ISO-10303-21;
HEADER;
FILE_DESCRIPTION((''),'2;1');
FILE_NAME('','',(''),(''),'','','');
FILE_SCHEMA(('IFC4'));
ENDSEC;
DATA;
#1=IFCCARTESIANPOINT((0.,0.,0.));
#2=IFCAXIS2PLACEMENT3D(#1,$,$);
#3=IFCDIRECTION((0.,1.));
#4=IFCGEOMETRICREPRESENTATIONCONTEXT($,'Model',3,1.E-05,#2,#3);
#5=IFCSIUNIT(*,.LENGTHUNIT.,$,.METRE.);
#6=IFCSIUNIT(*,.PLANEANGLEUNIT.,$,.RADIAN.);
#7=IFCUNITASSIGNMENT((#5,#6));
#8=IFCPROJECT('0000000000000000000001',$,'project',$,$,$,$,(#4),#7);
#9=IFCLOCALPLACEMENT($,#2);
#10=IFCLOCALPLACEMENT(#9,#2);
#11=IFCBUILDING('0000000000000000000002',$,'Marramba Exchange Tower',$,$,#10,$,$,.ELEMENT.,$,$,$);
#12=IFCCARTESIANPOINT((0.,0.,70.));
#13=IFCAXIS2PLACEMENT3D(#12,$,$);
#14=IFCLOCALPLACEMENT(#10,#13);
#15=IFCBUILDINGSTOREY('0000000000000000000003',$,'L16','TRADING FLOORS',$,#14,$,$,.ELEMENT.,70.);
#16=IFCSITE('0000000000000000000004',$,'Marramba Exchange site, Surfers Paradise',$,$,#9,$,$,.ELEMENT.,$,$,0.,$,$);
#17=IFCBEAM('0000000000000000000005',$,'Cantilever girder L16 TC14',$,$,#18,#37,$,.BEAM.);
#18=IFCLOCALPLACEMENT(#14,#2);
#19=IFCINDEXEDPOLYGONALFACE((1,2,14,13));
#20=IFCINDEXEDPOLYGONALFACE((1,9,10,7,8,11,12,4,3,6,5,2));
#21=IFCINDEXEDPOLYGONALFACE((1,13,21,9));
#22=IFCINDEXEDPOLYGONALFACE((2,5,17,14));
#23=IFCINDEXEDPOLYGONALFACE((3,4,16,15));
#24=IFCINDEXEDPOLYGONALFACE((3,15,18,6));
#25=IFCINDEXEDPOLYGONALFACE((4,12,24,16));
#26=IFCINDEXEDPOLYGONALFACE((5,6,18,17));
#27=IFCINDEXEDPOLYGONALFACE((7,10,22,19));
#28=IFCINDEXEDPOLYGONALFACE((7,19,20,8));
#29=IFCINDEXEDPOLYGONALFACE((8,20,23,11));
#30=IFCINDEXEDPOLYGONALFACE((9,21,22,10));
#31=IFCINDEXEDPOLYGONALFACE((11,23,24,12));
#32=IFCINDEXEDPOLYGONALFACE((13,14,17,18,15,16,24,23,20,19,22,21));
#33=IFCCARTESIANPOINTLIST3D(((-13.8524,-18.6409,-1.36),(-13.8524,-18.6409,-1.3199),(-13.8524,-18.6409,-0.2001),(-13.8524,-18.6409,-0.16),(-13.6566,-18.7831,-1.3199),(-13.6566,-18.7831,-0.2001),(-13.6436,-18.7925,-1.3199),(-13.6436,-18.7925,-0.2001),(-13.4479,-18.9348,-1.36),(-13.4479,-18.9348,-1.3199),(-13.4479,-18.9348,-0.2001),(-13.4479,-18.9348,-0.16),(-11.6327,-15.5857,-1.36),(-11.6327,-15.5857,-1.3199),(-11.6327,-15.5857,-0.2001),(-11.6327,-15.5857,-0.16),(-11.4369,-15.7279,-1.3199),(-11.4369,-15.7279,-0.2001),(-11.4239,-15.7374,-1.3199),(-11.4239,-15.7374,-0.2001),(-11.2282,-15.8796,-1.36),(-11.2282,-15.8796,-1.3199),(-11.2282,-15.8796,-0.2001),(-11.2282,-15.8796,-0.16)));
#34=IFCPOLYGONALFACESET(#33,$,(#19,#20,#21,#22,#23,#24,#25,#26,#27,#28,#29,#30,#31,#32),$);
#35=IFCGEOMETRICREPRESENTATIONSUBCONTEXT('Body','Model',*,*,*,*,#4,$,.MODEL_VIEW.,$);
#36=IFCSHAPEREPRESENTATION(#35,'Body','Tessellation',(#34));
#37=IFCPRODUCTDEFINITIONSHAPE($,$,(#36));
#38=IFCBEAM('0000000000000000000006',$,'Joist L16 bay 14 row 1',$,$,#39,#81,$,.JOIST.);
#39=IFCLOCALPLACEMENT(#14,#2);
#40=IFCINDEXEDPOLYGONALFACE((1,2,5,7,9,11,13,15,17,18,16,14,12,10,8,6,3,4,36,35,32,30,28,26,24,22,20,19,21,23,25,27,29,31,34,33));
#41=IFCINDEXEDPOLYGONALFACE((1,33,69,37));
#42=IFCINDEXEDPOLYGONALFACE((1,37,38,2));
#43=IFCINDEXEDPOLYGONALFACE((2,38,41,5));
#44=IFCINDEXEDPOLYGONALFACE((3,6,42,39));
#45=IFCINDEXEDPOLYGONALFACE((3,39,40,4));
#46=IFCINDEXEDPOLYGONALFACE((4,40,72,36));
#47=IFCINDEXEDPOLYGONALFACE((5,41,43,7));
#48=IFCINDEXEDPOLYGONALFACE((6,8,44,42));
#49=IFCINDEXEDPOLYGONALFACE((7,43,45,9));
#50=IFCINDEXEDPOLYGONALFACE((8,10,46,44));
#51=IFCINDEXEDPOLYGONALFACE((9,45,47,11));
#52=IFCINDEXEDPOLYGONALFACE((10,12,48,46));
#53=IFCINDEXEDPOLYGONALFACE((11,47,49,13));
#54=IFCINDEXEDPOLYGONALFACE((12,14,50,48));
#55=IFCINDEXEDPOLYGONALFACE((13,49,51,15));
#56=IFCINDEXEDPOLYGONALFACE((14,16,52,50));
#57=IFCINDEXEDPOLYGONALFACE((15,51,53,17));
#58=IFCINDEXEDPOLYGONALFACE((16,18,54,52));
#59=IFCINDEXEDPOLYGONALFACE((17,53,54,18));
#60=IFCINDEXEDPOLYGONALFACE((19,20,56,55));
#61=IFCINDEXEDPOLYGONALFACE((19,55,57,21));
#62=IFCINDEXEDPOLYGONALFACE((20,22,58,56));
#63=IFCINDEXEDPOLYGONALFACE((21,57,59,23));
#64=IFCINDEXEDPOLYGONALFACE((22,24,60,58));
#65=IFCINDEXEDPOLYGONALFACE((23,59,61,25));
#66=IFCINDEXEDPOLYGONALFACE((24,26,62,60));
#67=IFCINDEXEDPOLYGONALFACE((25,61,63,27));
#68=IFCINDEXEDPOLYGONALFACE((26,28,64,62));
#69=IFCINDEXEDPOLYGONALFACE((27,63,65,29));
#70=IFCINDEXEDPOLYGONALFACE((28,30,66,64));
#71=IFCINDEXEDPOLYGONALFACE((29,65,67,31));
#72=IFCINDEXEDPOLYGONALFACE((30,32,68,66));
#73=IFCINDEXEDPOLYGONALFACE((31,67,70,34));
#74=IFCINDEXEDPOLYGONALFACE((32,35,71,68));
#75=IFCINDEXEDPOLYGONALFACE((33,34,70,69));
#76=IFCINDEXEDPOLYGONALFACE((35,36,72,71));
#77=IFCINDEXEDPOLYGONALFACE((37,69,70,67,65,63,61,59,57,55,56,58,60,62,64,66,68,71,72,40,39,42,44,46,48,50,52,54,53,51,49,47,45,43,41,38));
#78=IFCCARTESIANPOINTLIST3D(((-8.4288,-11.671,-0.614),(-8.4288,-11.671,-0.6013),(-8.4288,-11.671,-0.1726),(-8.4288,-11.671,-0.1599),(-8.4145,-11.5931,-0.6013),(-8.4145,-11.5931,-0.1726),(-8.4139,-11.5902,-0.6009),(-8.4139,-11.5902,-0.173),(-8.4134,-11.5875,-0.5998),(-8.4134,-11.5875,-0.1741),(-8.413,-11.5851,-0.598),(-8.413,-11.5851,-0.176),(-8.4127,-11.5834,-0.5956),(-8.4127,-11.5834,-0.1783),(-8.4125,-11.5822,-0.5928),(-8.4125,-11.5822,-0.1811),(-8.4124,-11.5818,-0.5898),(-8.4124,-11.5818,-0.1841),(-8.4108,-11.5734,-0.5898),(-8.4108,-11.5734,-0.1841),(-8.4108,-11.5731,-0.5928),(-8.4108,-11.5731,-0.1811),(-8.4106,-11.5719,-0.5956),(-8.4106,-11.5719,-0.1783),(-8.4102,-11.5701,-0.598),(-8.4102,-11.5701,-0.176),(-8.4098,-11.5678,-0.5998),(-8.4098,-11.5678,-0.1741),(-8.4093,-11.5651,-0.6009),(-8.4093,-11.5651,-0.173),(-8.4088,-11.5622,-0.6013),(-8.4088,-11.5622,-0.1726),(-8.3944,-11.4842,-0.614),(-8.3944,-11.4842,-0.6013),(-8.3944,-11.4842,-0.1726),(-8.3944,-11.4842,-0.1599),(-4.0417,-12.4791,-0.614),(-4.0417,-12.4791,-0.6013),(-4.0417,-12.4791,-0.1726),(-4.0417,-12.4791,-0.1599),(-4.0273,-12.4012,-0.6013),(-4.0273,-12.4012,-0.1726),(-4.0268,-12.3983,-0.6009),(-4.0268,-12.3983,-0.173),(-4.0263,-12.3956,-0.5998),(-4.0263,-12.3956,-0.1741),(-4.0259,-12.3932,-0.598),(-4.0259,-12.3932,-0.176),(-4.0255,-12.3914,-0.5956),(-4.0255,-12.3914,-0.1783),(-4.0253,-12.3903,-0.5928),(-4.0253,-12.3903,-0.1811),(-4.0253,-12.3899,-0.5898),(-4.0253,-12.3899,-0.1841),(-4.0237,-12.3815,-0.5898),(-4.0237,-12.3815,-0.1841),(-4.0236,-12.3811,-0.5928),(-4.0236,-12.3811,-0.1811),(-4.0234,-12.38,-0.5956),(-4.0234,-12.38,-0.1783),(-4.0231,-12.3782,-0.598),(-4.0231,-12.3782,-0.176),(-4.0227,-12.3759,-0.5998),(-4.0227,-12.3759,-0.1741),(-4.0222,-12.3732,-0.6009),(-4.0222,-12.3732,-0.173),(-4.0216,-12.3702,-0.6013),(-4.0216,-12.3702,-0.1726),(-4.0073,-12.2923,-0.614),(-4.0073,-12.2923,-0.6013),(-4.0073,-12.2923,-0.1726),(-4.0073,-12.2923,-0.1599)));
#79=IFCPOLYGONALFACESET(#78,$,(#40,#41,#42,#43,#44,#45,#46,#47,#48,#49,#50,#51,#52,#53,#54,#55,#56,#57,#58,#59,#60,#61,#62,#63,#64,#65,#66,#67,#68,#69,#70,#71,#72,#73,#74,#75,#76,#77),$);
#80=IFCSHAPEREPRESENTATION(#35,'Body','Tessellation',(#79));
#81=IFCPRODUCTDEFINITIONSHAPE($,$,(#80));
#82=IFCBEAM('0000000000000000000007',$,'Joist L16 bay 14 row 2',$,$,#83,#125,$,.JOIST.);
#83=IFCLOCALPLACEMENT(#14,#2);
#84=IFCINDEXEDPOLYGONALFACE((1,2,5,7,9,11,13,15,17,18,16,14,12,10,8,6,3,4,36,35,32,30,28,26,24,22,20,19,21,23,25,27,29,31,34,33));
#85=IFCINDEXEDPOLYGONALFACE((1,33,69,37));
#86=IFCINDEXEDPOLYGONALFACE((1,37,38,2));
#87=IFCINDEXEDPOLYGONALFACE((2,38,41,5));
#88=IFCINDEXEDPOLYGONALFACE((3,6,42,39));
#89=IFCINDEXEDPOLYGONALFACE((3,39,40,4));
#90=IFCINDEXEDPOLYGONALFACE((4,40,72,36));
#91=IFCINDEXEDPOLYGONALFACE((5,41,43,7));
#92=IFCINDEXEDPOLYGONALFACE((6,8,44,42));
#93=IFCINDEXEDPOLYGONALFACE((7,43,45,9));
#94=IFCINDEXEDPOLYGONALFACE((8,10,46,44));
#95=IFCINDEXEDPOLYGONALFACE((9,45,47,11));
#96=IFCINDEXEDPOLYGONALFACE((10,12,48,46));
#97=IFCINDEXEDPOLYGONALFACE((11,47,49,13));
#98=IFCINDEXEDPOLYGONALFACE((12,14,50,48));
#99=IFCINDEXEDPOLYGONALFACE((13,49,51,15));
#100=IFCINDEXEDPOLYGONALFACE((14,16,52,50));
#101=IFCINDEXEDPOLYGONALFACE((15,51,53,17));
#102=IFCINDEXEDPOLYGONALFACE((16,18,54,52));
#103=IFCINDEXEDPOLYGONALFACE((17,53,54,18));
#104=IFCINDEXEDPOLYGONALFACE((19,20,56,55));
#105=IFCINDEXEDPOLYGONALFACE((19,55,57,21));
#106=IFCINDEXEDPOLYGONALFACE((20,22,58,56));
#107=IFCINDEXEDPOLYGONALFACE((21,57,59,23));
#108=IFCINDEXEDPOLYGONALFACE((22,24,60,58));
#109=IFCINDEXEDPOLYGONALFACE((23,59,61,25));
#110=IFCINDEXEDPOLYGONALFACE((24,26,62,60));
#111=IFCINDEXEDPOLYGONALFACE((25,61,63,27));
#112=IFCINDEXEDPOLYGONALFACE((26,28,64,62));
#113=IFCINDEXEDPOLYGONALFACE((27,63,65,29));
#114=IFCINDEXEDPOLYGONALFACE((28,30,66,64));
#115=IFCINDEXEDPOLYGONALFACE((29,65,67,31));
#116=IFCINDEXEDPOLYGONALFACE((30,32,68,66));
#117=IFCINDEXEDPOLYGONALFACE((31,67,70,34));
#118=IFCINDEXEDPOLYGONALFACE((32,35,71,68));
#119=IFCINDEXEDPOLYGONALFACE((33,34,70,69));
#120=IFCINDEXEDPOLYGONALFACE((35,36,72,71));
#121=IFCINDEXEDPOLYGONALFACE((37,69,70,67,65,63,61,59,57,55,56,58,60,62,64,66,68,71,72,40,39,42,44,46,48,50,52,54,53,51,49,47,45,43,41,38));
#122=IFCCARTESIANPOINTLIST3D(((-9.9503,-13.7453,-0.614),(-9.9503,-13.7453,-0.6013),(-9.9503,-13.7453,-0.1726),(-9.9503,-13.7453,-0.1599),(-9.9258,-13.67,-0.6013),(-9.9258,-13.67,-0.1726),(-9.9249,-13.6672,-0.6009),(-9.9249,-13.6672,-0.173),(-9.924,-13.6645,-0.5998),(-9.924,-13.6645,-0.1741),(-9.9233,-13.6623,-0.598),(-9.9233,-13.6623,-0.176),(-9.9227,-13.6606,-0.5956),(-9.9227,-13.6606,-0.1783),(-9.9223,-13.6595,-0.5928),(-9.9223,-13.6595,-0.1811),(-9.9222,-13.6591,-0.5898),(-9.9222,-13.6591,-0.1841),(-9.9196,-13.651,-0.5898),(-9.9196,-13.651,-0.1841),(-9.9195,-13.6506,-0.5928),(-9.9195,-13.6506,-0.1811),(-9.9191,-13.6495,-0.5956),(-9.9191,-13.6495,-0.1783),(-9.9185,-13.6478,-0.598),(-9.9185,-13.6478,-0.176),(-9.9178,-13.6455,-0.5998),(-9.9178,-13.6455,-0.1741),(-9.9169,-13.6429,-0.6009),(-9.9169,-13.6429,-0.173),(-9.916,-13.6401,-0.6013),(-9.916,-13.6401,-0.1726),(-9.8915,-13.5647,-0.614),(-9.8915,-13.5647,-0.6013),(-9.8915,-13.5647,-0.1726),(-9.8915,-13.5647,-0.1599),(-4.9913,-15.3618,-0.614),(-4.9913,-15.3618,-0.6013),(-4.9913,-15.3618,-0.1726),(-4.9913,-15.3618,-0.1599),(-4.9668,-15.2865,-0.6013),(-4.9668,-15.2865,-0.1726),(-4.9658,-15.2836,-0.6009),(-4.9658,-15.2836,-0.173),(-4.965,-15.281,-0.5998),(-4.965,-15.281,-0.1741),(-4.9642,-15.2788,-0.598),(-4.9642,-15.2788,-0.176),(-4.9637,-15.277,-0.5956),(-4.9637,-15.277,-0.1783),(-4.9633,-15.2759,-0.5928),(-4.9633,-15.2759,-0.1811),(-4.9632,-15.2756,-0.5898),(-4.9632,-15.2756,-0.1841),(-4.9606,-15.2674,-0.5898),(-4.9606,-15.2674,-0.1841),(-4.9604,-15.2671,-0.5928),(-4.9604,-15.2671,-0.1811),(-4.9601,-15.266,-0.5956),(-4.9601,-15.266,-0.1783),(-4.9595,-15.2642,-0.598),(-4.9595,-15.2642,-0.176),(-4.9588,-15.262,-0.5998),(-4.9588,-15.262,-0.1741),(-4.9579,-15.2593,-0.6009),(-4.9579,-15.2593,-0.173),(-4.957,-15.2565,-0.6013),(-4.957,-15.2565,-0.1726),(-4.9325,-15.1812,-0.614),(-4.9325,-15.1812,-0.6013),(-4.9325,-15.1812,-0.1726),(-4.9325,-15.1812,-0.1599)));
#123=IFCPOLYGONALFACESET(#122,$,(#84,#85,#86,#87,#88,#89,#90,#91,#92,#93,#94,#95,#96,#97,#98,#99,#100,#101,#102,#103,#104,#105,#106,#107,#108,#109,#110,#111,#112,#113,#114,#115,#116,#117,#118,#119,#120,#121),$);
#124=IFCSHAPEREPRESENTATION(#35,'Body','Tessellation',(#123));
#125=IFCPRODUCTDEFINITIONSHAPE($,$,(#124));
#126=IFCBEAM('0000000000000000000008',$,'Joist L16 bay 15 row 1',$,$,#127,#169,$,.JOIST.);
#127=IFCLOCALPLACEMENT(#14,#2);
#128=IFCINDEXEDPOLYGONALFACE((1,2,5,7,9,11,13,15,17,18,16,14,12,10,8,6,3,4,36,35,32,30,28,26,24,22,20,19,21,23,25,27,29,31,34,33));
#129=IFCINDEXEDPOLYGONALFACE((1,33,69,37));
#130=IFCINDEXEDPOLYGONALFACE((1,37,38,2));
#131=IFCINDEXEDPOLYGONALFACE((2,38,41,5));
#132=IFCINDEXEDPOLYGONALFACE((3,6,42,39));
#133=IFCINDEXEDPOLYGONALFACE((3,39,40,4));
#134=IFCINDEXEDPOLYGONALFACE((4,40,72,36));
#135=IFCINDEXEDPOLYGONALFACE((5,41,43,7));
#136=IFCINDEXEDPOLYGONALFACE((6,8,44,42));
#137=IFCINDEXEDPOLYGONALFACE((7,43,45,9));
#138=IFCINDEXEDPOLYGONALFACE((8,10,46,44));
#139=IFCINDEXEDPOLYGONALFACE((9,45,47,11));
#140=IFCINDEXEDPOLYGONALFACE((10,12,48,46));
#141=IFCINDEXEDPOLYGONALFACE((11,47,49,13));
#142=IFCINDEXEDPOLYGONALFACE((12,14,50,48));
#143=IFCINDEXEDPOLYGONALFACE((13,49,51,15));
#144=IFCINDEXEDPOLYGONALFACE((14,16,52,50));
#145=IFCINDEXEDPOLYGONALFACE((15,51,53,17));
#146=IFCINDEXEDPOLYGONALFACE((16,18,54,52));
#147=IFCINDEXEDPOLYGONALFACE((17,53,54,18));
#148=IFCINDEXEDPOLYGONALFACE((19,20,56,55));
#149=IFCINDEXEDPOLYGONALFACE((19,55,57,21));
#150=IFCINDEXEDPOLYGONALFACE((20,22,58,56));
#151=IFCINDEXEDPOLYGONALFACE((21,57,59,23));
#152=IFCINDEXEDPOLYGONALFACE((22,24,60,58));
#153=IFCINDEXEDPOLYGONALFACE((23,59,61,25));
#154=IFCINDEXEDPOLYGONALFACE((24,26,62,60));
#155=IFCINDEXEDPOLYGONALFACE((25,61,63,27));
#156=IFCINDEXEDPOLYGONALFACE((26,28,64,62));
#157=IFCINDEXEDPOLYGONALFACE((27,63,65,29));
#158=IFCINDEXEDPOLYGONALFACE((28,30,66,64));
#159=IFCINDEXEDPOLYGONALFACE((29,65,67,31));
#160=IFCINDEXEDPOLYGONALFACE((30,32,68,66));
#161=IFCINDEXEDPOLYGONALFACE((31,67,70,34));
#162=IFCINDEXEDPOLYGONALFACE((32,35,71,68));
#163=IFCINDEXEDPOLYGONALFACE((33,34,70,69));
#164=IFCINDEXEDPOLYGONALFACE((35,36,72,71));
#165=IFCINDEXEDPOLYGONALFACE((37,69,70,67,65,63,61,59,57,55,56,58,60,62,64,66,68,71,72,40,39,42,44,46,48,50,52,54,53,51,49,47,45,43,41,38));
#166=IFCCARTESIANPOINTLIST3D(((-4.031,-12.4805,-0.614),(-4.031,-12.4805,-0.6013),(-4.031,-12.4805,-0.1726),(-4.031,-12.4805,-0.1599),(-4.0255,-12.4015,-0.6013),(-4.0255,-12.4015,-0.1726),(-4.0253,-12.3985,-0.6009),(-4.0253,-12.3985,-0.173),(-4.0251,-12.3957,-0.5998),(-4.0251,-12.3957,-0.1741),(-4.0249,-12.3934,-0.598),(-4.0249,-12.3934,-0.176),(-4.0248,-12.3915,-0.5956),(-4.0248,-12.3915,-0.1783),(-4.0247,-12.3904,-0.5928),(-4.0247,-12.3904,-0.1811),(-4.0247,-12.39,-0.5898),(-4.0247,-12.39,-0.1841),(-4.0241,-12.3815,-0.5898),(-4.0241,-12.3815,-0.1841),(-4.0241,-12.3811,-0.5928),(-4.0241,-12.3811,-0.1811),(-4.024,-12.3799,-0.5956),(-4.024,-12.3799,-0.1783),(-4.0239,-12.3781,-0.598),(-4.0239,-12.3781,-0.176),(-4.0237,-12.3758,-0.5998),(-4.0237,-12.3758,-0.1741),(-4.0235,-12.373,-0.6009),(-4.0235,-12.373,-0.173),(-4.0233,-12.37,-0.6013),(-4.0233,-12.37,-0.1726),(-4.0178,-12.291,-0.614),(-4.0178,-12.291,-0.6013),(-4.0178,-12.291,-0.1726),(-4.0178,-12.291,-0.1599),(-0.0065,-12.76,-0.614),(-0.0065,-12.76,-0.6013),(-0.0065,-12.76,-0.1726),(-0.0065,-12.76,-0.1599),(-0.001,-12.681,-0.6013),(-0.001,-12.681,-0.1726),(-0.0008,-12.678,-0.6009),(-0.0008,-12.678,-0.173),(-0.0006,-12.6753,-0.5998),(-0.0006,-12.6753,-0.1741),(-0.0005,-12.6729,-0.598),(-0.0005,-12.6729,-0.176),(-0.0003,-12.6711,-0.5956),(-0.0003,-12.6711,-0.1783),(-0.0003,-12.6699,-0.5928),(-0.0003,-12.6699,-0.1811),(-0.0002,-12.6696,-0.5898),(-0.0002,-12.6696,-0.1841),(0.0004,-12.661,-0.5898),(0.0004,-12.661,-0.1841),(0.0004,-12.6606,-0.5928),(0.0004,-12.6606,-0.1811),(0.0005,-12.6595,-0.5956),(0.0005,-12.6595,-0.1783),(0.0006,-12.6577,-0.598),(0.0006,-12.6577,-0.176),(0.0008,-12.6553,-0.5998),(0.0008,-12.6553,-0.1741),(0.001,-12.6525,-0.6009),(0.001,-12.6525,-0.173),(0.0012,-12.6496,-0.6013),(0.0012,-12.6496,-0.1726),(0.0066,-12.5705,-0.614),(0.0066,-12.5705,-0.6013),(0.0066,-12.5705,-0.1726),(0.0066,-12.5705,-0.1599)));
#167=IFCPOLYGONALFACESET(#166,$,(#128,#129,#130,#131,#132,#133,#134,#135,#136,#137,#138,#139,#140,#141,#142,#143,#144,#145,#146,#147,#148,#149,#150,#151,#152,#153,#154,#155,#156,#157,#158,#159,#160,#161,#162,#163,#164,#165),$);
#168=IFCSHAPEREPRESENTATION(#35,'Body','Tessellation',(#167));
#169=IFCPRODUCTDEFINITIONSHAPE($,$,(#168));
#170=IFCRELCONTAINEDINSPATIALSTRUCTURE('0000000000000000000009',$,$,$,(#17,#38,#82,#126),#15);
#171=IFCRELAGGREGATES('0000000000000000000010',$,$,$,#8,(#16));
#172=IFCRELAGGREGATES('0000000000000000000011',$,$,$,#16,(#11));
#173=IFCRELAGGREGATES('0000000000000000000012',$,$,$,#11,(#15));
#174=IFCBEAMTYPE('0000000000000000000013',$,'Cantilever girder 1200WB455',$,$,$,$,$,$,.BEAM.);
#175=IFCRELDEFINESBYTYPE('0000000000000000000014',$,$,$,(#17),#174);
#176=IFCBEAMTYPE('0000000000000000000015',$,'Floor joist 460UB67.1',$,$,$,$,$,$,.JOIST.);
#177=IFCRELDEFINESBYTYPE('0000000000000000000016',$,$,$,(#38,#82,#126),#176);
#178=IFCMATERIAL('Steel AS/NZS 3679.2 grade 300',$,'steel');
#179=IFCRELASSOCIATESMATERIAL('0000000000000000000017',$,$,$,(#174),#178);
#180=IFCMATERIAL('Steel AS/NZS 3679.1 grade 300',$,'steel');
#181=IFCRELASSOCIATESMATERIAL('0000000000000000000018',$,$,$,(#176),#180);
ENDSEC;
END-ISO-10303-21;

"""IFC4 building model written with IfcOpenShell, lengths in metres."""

from ifc_helpers import new_model, si_unit, direction, frame, origin, origin_2d, place, context, subcontext, project, spatial, i_section, extrude, material, material_profile, profile_set, type_object, element, save


model = new_model("IFC4")

# Units and contexts
model_context = context("Model", 3, precision=1e-05, world=origin(), true_north=direction((0.0, 1.0)))
body_context = subcontext(model_context, "Body", "Model", "MODEL_VIEW")
ifc_project = project(units=[si_unit("LENGTHUNIT", "METRE"), si_unit("PLANEANGLEUNIT", "RADIAN")], contexts=[model_context])

# Site, building, storey
site_placement = place(None, origin())
site = spatial("IfcSite", under=ifc_project, at=site_placement, Name="Marramba Exchange site, Surfers Paradise", CompositionType="ELEMENT", RefElevation=0.0)
building_placement = place(site_placement, origin())
building = spatial("IfcBuilding", under=site, at=building_placement, Name="Marramba Exchange Tower", CompositionType="ELEMENT")
storey_placement = place(building_placement, frame((0.0, 0.0, 70.0)))
storey = spatial("IfcBuildingStorey", under=building, at=storey_placement, Name="L16", Description="TRADING FLOORS", CompositionType="ELEMENT", Elevation=70.0)

# Beams
ifc_material_1 = material(Name="Steel AS/NZS 3679.2 grade 300", Category="steel")
ifc_material_profile_1 = material_profile(ifc_material_1, i_section(OverallWidth=0.5, OverallDepth=1.2, WebThickness=0.0161, FlangeThickness=0.04, at=origin_2d()), Name="1200WB455")
ifc_profile_set_1 = profile_set([ifc_material_profile_1], Name="Steel AS/NZS 3679.2 grade 300")
beam_type_1 = type_object("IfcBeamType", Name="Cantilever girder 1200WB455", PredefinedType="BEAM", material=ifc_profile_set_1)
beam_1_placement = place(storey_placement, frame((-11.4304, -15.7327, -0.76), z_axis=(-0.587787, -0.809016, 0.0), x_axis=(0.809016, -0.587787, 0.0)))
element("IfcBeam", 1, at=beam_1_placement, inside=storey, type_object=beam_type_1, Name="Cantilever girder L16 TC14", PredefinedType="BEAM", context=body_context, shape_type="SweptSolid", body=[
    extrude(i_section(OverallWidth=0.5, OverallDepth=1.2, WebThickness=0.0161, FlangeThickness=0.04, at=origin_2d()), origin(), (0.0, 0.0, 1.0), 3.7764),
])
ifc_material_2 = material(Name="Steel AS/NZS 3679.1 grade 300", Category="steel")
ifc_material_profile_2 = material_profile(ifc_material_2, i_section(OverallWidth=0.1899, OverallDepth=0.4541, WebThickness=0.0085, FlangeThickness=0.0127, FilletRadius=0.0115, at=origin_2d()), Name="460UB67.1")
ifc_profile_set_2 = profile_set([ifc_material_profile_2], Name="Steel AS/NZS 3679.1 grade 300")
beam_type_2 = type_object("IfcBeamType", Name="Floor joist 460UB67.1", PredefinedType="JOIST", material=ifc_profile_set_2)
beam_2_placement = place(storey_placement, frame((-8.4116, -11.5776, -0.387), z_axis=(0.983456, -0.181149, 0.0), x_axis=(0.181149, 0.983456, 0.0)))
element("IfcBeam", 2, at=beam_2_placement, inside=storey, type_object=beam_type_2, Name="Joist L16 bay 14 row 1", PredefinedType="JOIST", context=body_context, shape_type="SweptSolid", body=[
    extrude(i_section(OverallWidth=0.1899, OverallDepth=0.4541, WebThickness=0.0085, FlangeThickness=0.0127, FilletRadius=0.0115, at=origin_2d()), origin(), (0.0, 0.0, 1.0), 4.4609),
])
beam_3_placement = place(storey_placement, frame((-9.9209, -13.655, -0.387), z_axis=(0.950764, -0.309916, 0.0), x_axis=(0.309916, 0.950764, 0.0)))
element("IfcBeam", 3, at=beam_3_placement, inside=storey, type_object=beam_type_2, Name="Joist L16 bay 14 row 2", PredefinedType="JOIST", context=body_context, shape_type="SweptSolid", body=[
    extrude(i_section(OverallWidth=0.1899, OverallDepth=0.4541, WebThickness=0.0085, FlangeThickness=0.0127, FilletRadius=0.0115, at=origin_2d()), origin(), (0.0, 0.0, 1.0), 5.2158),
])
beam_4_placement = place(storey_placement, frame((-4.0244, -12.3857, -0.387), z_axis=(0.997596, -0.069294, 0.0), x_axis=(0.069294, 0.997596, 0.0)))
element("IfcBeam", 4, at=beam_4_placement, inside=storey, type_object=beam_type_2, Name="Joist L16 bay 15 row 1", PredefinedType="JOIST", context=body_context, shape_type="SweptSolid", body=[
    extrude(i_section(OverallWidth=0.1899, OverallDepth=0.4541, WebThickness=0.0085, FlangeThickness=0.0127, FilletRadius=0.0115, at=origin_2d()), origin(), (0.0, 0.0, 1.0), 4.0342),
])

save(model, "model.ifc")
